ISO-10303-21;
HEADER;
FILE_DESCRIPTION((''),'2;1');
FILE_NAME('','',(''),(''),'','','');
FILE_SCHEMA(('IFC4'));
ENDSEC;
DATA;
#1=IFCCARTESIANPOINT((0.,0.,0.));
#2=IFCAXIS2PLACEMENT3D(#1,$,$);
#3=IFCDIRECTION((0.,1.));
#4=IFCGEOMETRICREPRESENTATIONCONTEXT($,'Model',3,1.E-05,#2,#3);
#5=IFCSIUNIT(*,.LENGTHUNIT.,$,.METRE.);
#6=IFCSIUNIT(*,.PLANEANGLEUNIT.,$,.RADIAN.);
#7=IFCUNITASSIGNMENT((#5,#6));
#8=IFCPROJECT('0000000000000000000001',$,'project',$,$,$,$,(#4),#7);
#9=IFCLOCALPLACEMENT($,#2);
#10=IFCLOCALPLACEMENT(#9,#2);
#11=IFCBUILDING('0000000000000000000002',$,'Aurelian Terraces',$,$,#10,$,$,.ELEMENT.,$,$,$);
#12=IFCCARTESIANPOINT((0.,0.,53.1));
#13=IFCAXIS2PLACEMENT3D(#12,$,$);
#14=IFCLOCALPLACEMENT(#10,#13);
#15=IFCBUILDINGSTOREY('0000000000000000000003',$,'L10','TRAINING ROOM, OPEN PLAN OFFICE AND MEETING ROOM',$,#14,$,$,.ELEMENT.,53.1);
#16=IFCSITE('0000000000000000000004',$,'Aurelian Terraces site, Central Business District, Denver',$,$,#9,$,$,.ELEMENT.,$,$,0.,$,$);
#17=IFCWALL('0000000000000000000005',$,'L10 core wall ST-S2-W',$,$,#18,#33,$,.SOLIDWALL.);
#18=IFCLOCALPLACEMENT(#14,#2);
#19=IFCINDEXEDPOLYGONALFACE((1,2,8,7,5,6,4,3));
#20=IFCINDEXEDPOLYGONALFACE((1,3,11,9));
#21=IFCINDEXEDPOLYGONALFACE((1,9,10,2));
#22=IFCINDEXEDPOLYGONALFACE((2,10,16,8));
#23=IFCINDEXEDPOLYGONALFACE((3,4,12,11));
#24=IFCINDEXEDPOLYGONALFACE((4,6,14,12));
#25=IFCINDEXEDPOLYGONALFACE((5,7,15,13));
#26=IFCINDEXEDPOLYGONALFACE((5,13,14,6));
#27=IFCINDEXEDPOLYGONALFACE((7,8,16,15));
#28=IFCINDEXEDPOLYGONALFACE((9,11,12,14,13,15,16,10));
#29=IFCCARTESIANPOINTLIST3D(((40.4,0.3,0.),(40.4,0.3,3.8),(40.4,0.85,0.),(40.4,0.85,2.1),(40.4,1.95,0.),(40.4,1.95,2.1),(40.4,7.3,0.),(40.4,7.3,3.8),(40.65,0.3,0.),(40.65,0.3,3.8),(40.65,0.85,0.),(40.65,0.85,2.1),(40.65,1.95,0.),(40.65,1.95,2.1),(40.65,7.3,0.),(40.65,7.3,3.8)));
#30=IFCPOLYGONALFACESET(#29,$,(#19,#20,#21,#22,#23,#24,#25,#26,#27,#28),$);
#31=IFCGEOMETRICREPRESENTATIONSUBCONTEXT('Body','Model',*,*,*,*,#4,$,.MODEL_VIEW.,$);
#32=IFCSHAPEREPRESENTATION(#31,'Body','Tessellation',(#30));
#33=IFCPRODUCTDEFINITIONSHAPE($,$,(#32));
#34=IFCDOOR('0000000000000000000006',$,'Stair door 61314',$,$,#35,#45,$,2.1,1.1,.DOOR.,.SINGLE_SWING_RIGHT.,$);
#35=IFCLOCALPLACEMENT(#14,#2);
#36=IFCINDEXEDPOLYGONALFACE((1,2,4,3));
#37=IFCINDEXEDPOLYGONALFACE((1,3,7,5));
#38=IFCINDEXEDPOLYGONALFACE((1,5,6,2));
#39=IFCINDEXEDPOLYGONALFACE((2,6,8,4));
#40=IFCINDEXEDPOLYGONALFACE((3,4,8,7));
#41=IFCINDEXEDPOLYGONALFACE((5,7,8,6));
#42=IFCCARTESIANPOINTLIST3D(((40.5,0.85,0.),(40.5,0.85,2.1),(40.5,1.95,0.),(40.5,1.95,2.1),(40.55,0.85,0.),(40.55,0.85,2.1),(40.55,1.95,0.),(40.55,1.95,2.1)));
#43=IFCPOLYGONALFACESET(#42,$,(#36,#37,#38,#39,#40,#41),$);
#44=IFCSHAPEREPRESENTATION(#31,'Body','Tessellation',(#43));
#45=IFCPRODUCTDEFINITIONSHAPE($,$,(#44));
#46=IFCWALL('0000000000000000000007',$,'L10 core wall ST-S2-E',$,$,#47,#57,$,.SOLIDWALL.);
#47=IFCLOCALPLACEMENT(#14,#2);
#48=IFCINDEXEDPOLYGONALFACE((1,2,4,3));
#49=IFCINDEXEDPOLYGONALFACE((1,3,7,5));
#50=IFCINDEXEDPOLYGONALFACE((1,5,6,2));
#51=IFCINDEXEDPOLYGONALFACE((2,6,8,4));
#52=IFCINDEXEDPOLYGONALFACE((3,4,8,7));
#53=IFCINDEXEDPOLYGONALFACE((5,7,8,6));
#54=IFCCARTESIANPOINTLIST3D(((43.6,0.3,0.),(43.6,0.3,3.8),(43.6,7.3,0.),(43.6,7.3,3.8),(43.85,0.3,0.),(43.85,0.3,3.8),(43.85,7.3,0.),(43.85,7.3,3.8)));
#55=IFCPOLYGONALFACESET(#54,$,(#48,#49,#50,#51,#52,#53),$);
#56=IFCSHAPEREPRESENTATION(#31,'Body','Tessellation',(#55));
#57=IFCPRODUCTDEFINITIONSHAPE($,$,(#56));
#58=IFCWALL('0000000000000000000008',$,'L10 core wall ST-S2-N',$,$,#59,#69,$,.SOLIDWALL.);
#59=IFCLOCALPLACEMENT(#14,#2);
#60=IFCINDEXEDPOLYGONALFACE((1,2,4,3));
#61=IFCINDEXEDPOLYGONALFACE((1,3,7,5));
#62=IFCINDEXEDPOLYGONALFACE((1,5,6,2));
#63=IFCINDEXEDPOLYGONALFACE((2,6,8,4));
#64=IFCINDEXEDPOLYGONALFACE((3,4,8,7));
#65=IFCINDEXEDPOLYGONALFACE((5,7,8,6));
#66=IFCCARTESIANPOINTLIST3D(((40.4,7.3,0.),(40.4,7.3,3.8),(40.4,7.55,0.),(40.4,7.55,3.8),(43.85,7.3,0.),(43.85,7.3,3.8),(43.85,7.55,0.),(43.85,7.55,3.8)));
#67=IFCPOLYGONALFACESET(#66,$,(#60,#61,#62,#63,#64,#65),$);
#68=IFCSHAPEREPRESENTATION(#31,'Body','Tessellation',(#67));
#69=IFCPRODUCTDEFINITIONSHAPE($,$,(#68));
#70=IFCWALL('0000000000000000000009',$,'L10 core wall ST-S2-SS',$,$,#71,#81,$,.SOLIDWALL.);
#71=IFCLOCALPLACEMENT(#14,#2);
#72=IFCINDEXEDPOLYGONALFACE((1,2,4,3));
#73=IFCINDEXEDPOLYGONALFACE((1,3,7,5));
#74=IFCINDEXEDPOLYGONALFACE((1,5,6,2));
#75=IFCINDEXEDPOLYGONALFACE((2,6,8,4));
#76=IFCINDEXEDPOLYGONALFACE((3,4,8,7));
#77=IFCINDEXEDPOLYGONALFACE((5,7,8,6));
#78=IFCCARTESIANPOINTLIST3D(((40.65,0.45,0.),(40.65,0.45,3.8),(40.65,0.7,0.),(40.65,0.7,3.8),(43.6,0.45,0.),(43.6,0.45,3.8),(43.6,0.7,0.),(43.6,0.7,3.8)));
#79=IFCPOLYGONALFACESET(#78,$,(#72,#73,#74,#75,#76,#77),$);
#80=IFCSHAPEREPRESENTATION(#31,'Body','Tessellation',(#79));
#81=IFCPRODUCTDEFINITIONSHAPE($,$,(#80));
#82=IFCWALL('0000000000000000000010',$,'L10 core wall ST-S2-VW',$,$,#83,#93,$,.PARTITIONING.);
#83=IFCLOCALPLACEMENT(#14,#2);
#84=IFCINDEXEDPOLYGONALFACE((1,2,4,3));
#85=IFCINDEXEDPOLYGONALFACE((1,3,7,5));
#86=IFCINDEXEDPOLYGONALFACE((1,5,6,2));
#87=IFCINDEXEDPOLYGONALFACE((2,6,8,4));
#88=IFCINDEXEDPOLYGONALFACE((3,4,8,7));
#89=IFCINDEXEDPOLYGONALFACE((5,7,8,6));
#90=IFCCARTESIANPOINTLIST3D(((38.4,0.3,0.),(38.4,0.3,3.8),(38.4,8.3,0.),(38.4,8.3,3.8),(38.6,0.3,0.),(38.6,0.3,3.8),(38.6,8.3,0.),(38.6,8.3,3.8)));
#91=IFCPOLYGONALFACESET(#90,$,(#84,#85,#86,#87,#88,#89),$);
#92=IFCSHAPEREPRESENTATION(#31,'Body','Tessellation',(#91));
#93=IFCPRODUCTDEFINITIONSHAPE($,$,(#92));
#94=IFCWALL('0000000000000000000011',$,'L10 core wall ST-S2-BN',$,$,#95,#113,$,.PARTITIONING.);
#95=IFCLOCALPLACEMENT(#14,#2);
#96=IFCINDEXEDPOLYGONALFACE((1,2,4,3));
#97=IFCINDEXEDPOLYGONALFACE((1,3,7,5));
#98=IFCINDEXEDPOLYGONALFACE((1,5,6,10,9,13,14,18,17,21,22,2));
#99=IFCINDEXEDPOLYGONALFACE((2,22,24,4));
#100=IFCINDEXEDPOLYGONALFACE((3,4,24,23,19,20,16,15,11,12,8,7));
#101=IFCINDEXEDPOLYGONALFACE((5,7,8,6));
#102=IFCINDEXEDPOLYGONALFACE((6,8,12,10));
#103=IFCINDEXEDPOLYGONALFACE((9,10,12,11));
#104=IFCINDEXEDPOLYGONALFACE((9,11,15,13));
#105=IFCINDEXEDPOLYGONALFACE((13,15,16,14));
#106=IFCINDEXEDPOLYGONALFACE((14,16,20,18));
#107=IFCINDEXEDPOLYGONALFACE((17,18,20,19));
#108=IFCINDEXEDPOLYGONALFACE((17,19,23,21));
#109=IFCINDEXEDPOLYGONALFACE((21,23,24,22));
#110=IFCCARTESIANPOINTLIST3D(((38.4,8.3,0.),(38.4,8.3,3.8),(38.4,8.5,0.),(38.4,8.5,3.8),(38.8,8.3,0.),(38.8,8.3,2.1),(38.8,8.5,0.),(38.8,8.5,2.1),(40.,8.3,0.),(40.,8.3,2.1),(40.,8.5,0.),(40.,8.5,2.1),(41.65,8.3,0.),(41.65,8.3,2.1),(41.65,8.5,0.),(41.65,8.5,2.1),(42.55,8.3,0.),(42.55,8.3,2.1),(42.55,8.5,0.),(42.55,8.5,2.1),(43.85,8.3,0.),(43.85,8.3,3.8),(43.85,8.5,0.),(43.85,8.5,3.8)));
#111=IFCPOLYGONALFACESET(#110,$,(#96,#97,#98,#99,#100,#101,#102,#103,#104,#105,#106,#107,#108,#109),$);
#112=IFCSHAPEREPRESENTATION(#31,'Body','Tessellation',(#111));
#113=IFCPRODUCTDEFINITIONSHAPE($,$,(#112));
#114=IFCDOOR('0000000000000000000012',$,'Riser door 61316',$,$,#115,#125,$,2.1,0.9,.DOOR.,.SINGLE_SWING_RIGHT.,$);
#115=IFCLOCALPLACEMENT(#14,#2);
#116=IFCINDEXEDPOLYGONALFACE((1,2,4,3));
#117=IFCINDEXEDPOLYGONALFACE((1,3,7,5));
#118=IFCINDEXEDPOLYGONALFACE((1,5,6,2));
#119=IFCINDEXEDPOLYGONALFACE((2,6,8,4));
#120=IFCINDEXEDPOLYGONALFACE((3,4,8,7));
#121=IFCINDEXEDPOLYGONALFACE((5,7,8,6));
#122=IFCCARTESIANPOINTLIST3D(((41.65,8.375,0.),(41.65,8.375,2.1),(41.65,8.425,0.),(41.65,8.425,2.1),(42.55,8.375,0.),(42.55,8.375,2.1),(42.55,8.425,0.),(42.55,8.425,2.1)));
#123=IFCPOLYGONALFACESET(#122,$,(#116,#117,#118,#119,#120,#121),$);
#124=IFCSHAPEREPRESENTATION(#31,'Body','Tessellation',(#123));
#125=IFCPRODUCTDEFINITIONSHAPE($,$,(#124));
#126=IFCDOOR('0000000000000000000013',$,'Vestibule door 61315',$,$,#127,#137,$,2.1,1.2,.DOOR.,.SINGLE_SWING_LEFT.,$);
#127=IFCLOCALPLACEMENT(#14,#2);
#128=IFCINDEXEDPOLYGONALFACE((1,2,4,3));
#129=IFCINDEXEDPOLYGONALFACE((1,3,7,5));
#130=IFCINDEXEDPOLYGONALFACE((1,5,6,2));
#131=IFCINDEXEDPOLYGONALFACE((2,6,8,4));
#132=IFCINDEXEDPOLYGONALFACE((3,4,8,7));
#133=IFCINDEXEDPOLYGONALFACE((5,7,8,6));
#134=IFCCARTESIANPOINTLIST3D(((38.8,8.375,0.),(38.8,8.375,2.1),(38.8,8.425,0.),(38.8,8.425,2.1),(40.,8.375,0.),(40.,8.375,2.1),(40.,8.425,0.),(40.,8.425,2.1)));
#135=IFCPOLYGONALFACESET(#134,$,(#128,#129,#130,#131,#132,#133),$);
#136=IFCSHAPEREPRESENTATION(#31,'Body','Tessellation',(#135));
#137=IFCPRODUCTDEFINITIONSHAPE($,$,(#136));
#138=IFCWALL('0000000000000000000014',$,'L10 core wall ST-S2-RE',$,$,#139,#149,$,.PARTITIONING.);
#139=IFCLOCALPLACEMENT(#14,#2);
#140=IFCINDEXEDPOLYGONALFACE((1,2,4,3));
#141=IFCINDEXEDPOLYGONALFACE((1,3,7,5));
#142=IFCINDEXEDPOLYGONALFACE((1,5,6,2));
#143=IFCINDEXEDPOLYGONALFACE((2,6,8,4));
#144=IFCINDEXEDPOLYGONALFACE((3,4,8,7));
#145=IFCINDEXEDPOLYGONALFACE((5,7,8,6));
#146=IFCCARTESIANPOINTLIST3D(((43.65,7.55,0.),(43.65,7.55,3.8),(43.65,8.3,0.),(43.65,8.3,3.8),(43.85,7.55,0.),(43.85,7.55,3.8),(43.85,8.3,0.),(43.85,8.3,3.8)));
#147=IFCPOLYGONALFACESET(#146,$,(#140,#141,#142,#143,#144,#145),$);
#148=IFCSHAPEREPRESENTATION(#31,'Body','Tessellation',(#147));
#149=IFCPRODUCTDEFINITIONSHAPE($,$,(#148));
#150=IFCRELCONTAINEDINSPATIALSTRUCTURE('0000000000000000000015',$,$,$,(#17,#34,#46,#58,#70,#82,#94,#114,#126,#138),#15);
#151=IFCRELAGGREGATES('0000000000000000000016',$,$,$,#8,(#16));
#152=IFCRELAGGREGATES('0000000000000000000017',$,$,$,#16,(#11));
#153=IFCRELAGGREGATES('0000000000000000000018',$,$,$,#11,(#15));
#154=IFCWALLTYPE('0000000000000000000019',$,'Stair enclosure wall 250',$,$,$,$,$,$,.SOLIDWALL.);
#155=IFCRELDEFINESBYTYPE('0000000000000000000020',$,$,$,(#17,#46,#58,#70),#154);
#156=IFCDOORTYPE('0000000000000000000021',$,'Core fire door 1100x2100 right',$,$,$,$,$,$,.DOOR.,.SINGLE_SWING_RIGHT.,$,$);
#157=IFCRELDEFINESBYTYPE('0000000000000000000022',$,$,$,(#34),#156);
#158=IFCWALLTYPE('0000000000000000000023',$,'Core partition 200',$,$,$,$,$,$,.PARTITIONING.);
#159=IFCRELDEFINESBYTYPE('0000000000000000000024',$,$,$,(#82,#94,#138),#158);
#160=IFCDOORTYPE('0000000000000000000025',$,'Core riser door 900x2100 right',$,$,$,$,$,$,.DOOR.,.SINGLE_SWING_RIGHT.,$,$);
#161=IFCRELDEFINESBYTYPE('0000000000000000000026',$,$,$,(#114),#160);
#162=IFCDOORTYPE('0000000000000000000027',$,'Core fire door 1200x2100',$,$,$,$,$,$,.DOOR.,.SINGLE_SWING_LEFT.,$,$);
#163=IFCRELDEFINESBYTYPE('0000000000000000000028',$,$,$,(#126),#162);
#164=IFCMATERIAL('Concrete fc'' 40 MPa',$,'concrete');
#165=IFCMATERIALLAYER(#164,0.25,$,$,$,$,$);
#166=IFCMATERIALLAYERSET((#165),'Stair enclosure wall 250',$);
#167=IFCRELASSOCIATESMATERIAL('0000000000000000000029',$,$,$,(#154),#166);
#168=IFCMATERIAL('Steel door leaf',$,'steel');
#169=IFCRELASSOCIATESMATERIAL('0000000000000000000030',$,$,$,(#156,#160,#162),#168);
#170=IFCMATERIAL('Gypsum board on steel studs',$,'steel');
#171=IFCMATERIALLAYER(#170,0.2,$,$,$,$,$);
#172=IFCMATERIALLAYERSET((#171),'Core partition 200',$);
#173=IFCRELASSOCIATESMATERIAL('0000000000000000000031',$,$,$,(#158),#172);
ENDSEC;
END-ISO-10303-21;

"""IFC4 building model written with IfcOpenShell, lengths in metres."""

from ifc_helpers import new_model, si_unit, direction, frame, frame_2d, origin, place, context, subcontext, project, spatial, rectangle, extrude, source, transform, mapped, material, layer, layer_set, type_object, element, fill, save


model = new_model("IFC4")

# Units and contexts
model_context = context("Model", 3, precision=1e-05, world=origin(), true_north=direction((0.0, 1.0)))
body_context = subcontext(model_context, "Body", "Model", "MODEL_VIEW")
ifc_project = project(units=[si_unit("LENGTHUNIT", "METRE"), si_unit("PLANEANGLEUNIT", "RADIAN")], contexts=[model_context])

# Site, building, storey
site_placement = place(None, origin())
site = spatial("IfcSite", under=ifc_project, at=site_placement, Name="Aurelian Terraces site, Central Business District, Denver", CompositionType="ELEMENT", RefElevation=0.0)
building_placement = place(site_placement, origin())
building = spatial("IfcBuilding", under=site, at=building_placement, Name="Aurelian Terraces", CompositionType="ELEMENT")
storey_placement = place(building_placement, frame((0.0, 0.0, 53.1)))
storey = spatial("IfcBuildingStorey", under=building, at=storey_placement, Name="L10", Description="TRAINING ROOM, OPEN PLAN OFFICE AND MEETING ROOM", CompositionType="ELEMENT", Elevation=53.1)

# Shared definitions
ifc_material_1 = material(Name="Concrete fc' 40 MPa", Category="concrete")

# Wall, opening, door
ifc_layer_1 = layer(ifc_material_1, 0.25)
ifc_layer_set_1 = layer_set([ifc_layer_1], Name="Stair enclosure wall 250")
wall_type_1 = type_object("IfcWallType", Name="Stair enclosure wall 250", PredefinedType="SOLIDWALL", material=ifc_layer_set_1)
shared_shape_1 = source(origin(), body_context, "Body", "SweptSolid", [
    extrude(rectangle(XDim=7.0, YDim=0.25, at=frame_2d((3.5, 0.0))), origin(), (0.0, 0.0, 1.0), 3.8),
])
wall_1_placement = place(storey_placement, frame((40.525, 0.3, 0.0), z_axis=(0.0, 0.0, 1.0), x_axis=(0.0, 1.0, 0.0)))
wall_1 = element("IfcWall", 1, at=wall_1_placement, inside=storey, type_object=wall_type_1, Name="L10 core wall ST-S2-W", PredefinedType="SOLIDWALL", context=body_context, shape_type="MappedRepresentation", body=[
    mapped(shared_shape_1, transform((0.0, 0.0, 0.0), scale=1.0)),
])
shared_shape_2 = source(origin(), body_context, "Body", "SweptSolid", [
    extrude(rectangle(XDim=1.1, YDim=2.1, at=frame_2d((0.55, 1.05))), frame((0.0, 0.135, 0.0), z_axis=(0.0, -1.0, 0.0), x_axis=(1.0, 0.0, 0.0)), (0.0, 0.0, 1.0), 0.27),
])
opening_1_placement = place(wall_1_placement, frame((0.55, 0.0, 0.0)))
opening_1 = element("IfcOpeningElement", 2, at=opening_1_placement, cuts=wall_1, PredefinedType="OPENING", context=body_context, shape_type="MappedRepresentation", body=[
    mapped(shared_shape_2, transform((0.0, 0.0, 0.0), scale=1.0)),
])
ifc_material_2 = material(Name="Steel door leaf", Category="steel")
door_type_1 = type_object("IfcDoorType", Name="Core fire door 1100x2100 right", OperationType="SINGLE_SWING_RIGHT", PredefinedType="DOOR", material=ifc_material_2)
shared_shape_3 = source(origin(), body_context, "Body", "SweptSolid", [
    extrude(rectangle(XDim=1.1, YDim=2.1, at=frame_2d((0.55, 1.05))), frame((0.0, 0.025, 0.0), z_axis=(0.0, -1.0, 0.0), x_axis=(1.0, 0.0, 0.0)), (0.0, 0.0, 1.0), 0.05),
])
door_1_placement = place(opening_1_placement, origin())
door_1 = element("IfcDoor", 3, at=door_1_placement, inside=storey, type_object=door_type_1, Name="Stair door 61314", OperationType="SINGLE_SWING_RIGHT", OverallHeight=2.1, OverallWidth=1.1, PredefinedType="DOOR", context=body_context, shape_type="MappedRepresentation", body=[
    mapped(shared_shape_3, transform((0.0, 0.0, 0.0), scale=1.0)),
])
fill(opening_1, door_1)

# Walls
wall_2_placement = place(storey_placement, frame((43.725, 0.3, 0.0), z_axis=(0.0, 0.0, 1.0), x_axis=(0.0, 1.0, 0.0)))
element("IfcWall", 4, at=wall_2_placement, inside=storey, type_object=wall_type_1, Name="L10 core wall ST-S2-E", PredefinedType="SOLIDWALL", context=body_context, shape_type="MappedRepresentation", body=[
    mapped(shared_shape_1, transform((0.0, 0.0, 0.0), scale=1.0)),
])
shared_shape_4 = source(origin(), body_context, "Body", "SweptSolid", [
    extrude(rectangle(XDim=3.45, YDim=0.25, at=frame_2d((1.725, 0.0))), origin(), (0.0, 0.0, 1.0), 3.8),
])
wall_3_placement = place(storey_placement, frame((40.4, 7.425, 0.0), z_axis=(0.0, 0.0, 1.0), x_axis=(1.0, 0.0, 0.0)))
element("IfcWall", 5, at=wall_3_placement, inside=storey, type_object=wall_type_1, Name="L10 core wall ST-S2-N", PredefinedType="SOLIDWALL", context=body_context, shape_type="MappedRepresentation", body=[
    mapped(shared_shape_4, transform((0.0, 0.0, 0.0), scale=1.0)),
])
shared_shape_5 = source(origin(), body_context, "Body", "SweptSolid", [
    extrude(rectangle(XDim=2.95, YDim=0.25, at=frame_2d((1.475, 0.0))), origin(), (0.0, 0.0, 1.0), 3.8),
])
wall_4_placement = place(storey_placement, frame((40.65, 0.575, 0.0), z_axis=(0.0, 0.0, 1.0), x_axis=(1.0, 0.0, 0.0)))
element("IfcWall", 6, at=wall_4_placement, inside=storey, type_object=wall_type_1, Name="L10 core wall ST-S2-SS", PredefinedType="SOLIDWALL", context=body_context, shape_type="MappedRepresentation", body=[
    mapped(shared_shape_5, transform((0.0, 0.0, 0.0), scale=1.0)),
])
ifc_material_3 = material(Name="Gypsum board on steel studs", Category="steel")
ifc_layer_2 = layer(ifc_material_3, 0.2)
ifc_layer_set_2 = layer_set([ifc_layer_2], Name="Core partition 200")
wall_type_2 = type_object("IfcWallType", Name="Core partition 200", PredefinedType="PARTITIONING", material=ifc_layer_set_2)
shared_shape_6 = source(origin(), body_context, "Body", "SweptSolid", [
    extrude(rectangle(XDim=8.0, YDim=0.2, at=frame_2d((4.0, 0.0))), origin(), (0.0, 0.0, 1.0), 3.8),
])
wall_5_placement = place(storey_placement, frame((38.5, 0.3, 0.0), z_axis=(0.0, 0.0, 1.0), x_axis=(0.0, 1.0, 0.0)))
element("IfcWall", 7, at=wall_5_placement, inside=storey, type_object=wall_type_2, Name="L10 core wall ST-S2-VW", PredefinedType="PARTITIONING", context=body_context, shape_type="MappedRepresentation", body=[
    mapped(shared_shape_6, transform((0.0, 0.0, 0.0), scale=1.0)),
])

# Wall, openings, doors
shared_shape_7 = source(origin(), body_context, "Body", "SweptSolid", [
    extrude(rectangle(XDim=5.45, YDim=0.2, at=frame_2d((2.725, 0.0))), origin(), (0.0, 0.0, 1.0), 3.8),
])
wall_6_placement = place(storey_placement, frame((38.4, 8.4, 0.0), z_axis=(0.0, 0.0, 1.0), x_axis=(1.0, 0.0, 0.0)))
wall_6 = element("IfcWall", 8, at=wall_6_placement, inside=storey, type_object=wall_type_2, Name="L10 core wall ST-S2-BN", PredefinedType="PARTITIONING", context=body_context, shape_type="MappedRepresentation", body=[
    mapped(shared_shape_7, transform((0.0, 0.0, 0.0), scale=1.0)),
])
shared_shape_8 = source(origin(), body_context, "Body", "SweptSolid", [
    extrude(rectangle(XDim=1.2, YDim=2.1, at=frame_2d((0.6, 1.05))), frame((0.0, 0.11, 0.0), z_axis=(0.0, -1.0, 0.0), x_axis=(1.0, 0.0, 0.0)), (0.0, 0.0, 1.0), 0.22),
])
opening_2_placement = place(wall_6_placement, frame((0.4, 0.0, 0.0)))
opening_2 = element("IfcOpeningElement", 9, at=opening_2_placement, cuts=wall_6, PredefinedType="OPENING", context=body_context, shape_type="MappedRepresentation", body=[
    mapped(shared_shape_8, transform((0.0, 0.0, 0.0), scale=1.0)),
])
shared_shape_9 = source(origin(), body_context, "Body", "SweptSolid", [
    extrude(rectangle(XDim=0.9, YDim=2.1, at=frame_2d((0.45, 1.05))), frame((0.0, 0.11, 0.0), z_axis=(0.0, -1.0, 0.0), x_axis=(1.0, 0.0, 0.0)), (0.0, 0.0, 1.0), 0.22),
])
opening_3_placement = place(wall_6_placement, frame((3.25, 0.0, 0.0)))
opening_3 = element("IfcOpeningElement", 10, at=opening_3_placement, cuts=wall_6, PredefinedType="OPENING", context=body_context, shape_type="MappedRepresentation", body=[
    mapped(shared_shape_9, transform((0.0, 0.0, 0.0), scale=1.0)),
])
door_type_2 = type_object("IfcDoorType", Name="Core riser door 900x2100 right", OperationType="SINGLE_SWING_RIGHT", PredefinedType="DOOR", material=ifc_material_2)
shared_shape_10 = source(origin(), body_context, "Body", "SweptSolid", [
    extrude(rectangle(XDim=0.9, YDim=2.1, at=frame_2d((0.45, 1.05))), frame((0.0, 0.025, 0.0), z_axis=(0.0, -1.0, 0.0), x_axis=(1.0, 0.0, 0.0)), (0.0, 0.0, 1.0), 0.05),
])
door_2_placement = place(opening_3_placement, origin())
door_2 = element("IfcDoor", 11, at=door_2_placement, inside=storey, type_object=door_type_2, Name="Riser door 61316", OperationType="SINGLE_SWING_RIGHT", OverallHeight=2.1, OverallWidth=0.9, PredefinedType="DOOR", context=body_context, shape_type="MappedRepresentation", body=[
    mapped(shared_shape_10, transform((0.0, 0.0, 0.0), scale=1.0)),
])
fill(opening_3, door_2)
door_type_3 = type_object("IfcDoorType", Name="Core fire door 1200x2100", OperationType="SINGLE_SWING_LEFT", PredefinedType="DOOR", material=ifc_material_2)
shared_shape_11 = source(origin(), body_context, "Body", "SweptSolid", [
    extrude(rectangle(XDim=1.2, YDim=2.1, at=frame_2d((0.6, 1.05))), frame((0.0, 0.025, 0.0), z_axis=(0.0, -1.0, 0.0), x_axis=(1.0, 0.0, 0.0)), (0.0, 0.0, 1.0), 0.05),
])
door_3_placement = place(opening_2_placement, origin())
door_3 = element("IfcDoor", 12, at=door_3_placement, inside=storey, type_object=door_type_3, Name="Vestibule door 61315", OperationType="SINGLE_SWING_LEFT", OverallHeight=2.1, OverallWidth=1.2, PredefinedType="DOOR", context=body_context, shape_type="MappedRepresentation", body=[
    mapped(shared_shape_11, transform((0.0, 0.0, 0.0), scale=1.0)),
])
fill(opening_2, door_3)

# Wall
shared_shape_12 = source(origin(), body_context, "Body", "SweptSolid", [
    extrude(rectangle(XDim=0.75, YDim=0.2, at=frame_2d((0.375, 0.0))), origin(), (0.0, 0.0, 1.0), 3.8),
])
wall_7_placement = place(storey_placement, frame((43.75, 7.55, 0.0), z_axis=(0.0, 0.0, 1.0), x_axis=(0.0, 1.0, 0.0)))
element("IfcWall", 13, at=wall_7_placement, inside=storey, type_object=wall_type_2, Name="L10 core wall ST-S2-RE", PredefinedType="PARTITIONING", context=body_context, shape_type="MappedRepresentation", body=[
    mapped(shared_shape_12, transform((0.0, 0.0, 0.0), scale=1.0)),
])

save(model, "model.ifc")
